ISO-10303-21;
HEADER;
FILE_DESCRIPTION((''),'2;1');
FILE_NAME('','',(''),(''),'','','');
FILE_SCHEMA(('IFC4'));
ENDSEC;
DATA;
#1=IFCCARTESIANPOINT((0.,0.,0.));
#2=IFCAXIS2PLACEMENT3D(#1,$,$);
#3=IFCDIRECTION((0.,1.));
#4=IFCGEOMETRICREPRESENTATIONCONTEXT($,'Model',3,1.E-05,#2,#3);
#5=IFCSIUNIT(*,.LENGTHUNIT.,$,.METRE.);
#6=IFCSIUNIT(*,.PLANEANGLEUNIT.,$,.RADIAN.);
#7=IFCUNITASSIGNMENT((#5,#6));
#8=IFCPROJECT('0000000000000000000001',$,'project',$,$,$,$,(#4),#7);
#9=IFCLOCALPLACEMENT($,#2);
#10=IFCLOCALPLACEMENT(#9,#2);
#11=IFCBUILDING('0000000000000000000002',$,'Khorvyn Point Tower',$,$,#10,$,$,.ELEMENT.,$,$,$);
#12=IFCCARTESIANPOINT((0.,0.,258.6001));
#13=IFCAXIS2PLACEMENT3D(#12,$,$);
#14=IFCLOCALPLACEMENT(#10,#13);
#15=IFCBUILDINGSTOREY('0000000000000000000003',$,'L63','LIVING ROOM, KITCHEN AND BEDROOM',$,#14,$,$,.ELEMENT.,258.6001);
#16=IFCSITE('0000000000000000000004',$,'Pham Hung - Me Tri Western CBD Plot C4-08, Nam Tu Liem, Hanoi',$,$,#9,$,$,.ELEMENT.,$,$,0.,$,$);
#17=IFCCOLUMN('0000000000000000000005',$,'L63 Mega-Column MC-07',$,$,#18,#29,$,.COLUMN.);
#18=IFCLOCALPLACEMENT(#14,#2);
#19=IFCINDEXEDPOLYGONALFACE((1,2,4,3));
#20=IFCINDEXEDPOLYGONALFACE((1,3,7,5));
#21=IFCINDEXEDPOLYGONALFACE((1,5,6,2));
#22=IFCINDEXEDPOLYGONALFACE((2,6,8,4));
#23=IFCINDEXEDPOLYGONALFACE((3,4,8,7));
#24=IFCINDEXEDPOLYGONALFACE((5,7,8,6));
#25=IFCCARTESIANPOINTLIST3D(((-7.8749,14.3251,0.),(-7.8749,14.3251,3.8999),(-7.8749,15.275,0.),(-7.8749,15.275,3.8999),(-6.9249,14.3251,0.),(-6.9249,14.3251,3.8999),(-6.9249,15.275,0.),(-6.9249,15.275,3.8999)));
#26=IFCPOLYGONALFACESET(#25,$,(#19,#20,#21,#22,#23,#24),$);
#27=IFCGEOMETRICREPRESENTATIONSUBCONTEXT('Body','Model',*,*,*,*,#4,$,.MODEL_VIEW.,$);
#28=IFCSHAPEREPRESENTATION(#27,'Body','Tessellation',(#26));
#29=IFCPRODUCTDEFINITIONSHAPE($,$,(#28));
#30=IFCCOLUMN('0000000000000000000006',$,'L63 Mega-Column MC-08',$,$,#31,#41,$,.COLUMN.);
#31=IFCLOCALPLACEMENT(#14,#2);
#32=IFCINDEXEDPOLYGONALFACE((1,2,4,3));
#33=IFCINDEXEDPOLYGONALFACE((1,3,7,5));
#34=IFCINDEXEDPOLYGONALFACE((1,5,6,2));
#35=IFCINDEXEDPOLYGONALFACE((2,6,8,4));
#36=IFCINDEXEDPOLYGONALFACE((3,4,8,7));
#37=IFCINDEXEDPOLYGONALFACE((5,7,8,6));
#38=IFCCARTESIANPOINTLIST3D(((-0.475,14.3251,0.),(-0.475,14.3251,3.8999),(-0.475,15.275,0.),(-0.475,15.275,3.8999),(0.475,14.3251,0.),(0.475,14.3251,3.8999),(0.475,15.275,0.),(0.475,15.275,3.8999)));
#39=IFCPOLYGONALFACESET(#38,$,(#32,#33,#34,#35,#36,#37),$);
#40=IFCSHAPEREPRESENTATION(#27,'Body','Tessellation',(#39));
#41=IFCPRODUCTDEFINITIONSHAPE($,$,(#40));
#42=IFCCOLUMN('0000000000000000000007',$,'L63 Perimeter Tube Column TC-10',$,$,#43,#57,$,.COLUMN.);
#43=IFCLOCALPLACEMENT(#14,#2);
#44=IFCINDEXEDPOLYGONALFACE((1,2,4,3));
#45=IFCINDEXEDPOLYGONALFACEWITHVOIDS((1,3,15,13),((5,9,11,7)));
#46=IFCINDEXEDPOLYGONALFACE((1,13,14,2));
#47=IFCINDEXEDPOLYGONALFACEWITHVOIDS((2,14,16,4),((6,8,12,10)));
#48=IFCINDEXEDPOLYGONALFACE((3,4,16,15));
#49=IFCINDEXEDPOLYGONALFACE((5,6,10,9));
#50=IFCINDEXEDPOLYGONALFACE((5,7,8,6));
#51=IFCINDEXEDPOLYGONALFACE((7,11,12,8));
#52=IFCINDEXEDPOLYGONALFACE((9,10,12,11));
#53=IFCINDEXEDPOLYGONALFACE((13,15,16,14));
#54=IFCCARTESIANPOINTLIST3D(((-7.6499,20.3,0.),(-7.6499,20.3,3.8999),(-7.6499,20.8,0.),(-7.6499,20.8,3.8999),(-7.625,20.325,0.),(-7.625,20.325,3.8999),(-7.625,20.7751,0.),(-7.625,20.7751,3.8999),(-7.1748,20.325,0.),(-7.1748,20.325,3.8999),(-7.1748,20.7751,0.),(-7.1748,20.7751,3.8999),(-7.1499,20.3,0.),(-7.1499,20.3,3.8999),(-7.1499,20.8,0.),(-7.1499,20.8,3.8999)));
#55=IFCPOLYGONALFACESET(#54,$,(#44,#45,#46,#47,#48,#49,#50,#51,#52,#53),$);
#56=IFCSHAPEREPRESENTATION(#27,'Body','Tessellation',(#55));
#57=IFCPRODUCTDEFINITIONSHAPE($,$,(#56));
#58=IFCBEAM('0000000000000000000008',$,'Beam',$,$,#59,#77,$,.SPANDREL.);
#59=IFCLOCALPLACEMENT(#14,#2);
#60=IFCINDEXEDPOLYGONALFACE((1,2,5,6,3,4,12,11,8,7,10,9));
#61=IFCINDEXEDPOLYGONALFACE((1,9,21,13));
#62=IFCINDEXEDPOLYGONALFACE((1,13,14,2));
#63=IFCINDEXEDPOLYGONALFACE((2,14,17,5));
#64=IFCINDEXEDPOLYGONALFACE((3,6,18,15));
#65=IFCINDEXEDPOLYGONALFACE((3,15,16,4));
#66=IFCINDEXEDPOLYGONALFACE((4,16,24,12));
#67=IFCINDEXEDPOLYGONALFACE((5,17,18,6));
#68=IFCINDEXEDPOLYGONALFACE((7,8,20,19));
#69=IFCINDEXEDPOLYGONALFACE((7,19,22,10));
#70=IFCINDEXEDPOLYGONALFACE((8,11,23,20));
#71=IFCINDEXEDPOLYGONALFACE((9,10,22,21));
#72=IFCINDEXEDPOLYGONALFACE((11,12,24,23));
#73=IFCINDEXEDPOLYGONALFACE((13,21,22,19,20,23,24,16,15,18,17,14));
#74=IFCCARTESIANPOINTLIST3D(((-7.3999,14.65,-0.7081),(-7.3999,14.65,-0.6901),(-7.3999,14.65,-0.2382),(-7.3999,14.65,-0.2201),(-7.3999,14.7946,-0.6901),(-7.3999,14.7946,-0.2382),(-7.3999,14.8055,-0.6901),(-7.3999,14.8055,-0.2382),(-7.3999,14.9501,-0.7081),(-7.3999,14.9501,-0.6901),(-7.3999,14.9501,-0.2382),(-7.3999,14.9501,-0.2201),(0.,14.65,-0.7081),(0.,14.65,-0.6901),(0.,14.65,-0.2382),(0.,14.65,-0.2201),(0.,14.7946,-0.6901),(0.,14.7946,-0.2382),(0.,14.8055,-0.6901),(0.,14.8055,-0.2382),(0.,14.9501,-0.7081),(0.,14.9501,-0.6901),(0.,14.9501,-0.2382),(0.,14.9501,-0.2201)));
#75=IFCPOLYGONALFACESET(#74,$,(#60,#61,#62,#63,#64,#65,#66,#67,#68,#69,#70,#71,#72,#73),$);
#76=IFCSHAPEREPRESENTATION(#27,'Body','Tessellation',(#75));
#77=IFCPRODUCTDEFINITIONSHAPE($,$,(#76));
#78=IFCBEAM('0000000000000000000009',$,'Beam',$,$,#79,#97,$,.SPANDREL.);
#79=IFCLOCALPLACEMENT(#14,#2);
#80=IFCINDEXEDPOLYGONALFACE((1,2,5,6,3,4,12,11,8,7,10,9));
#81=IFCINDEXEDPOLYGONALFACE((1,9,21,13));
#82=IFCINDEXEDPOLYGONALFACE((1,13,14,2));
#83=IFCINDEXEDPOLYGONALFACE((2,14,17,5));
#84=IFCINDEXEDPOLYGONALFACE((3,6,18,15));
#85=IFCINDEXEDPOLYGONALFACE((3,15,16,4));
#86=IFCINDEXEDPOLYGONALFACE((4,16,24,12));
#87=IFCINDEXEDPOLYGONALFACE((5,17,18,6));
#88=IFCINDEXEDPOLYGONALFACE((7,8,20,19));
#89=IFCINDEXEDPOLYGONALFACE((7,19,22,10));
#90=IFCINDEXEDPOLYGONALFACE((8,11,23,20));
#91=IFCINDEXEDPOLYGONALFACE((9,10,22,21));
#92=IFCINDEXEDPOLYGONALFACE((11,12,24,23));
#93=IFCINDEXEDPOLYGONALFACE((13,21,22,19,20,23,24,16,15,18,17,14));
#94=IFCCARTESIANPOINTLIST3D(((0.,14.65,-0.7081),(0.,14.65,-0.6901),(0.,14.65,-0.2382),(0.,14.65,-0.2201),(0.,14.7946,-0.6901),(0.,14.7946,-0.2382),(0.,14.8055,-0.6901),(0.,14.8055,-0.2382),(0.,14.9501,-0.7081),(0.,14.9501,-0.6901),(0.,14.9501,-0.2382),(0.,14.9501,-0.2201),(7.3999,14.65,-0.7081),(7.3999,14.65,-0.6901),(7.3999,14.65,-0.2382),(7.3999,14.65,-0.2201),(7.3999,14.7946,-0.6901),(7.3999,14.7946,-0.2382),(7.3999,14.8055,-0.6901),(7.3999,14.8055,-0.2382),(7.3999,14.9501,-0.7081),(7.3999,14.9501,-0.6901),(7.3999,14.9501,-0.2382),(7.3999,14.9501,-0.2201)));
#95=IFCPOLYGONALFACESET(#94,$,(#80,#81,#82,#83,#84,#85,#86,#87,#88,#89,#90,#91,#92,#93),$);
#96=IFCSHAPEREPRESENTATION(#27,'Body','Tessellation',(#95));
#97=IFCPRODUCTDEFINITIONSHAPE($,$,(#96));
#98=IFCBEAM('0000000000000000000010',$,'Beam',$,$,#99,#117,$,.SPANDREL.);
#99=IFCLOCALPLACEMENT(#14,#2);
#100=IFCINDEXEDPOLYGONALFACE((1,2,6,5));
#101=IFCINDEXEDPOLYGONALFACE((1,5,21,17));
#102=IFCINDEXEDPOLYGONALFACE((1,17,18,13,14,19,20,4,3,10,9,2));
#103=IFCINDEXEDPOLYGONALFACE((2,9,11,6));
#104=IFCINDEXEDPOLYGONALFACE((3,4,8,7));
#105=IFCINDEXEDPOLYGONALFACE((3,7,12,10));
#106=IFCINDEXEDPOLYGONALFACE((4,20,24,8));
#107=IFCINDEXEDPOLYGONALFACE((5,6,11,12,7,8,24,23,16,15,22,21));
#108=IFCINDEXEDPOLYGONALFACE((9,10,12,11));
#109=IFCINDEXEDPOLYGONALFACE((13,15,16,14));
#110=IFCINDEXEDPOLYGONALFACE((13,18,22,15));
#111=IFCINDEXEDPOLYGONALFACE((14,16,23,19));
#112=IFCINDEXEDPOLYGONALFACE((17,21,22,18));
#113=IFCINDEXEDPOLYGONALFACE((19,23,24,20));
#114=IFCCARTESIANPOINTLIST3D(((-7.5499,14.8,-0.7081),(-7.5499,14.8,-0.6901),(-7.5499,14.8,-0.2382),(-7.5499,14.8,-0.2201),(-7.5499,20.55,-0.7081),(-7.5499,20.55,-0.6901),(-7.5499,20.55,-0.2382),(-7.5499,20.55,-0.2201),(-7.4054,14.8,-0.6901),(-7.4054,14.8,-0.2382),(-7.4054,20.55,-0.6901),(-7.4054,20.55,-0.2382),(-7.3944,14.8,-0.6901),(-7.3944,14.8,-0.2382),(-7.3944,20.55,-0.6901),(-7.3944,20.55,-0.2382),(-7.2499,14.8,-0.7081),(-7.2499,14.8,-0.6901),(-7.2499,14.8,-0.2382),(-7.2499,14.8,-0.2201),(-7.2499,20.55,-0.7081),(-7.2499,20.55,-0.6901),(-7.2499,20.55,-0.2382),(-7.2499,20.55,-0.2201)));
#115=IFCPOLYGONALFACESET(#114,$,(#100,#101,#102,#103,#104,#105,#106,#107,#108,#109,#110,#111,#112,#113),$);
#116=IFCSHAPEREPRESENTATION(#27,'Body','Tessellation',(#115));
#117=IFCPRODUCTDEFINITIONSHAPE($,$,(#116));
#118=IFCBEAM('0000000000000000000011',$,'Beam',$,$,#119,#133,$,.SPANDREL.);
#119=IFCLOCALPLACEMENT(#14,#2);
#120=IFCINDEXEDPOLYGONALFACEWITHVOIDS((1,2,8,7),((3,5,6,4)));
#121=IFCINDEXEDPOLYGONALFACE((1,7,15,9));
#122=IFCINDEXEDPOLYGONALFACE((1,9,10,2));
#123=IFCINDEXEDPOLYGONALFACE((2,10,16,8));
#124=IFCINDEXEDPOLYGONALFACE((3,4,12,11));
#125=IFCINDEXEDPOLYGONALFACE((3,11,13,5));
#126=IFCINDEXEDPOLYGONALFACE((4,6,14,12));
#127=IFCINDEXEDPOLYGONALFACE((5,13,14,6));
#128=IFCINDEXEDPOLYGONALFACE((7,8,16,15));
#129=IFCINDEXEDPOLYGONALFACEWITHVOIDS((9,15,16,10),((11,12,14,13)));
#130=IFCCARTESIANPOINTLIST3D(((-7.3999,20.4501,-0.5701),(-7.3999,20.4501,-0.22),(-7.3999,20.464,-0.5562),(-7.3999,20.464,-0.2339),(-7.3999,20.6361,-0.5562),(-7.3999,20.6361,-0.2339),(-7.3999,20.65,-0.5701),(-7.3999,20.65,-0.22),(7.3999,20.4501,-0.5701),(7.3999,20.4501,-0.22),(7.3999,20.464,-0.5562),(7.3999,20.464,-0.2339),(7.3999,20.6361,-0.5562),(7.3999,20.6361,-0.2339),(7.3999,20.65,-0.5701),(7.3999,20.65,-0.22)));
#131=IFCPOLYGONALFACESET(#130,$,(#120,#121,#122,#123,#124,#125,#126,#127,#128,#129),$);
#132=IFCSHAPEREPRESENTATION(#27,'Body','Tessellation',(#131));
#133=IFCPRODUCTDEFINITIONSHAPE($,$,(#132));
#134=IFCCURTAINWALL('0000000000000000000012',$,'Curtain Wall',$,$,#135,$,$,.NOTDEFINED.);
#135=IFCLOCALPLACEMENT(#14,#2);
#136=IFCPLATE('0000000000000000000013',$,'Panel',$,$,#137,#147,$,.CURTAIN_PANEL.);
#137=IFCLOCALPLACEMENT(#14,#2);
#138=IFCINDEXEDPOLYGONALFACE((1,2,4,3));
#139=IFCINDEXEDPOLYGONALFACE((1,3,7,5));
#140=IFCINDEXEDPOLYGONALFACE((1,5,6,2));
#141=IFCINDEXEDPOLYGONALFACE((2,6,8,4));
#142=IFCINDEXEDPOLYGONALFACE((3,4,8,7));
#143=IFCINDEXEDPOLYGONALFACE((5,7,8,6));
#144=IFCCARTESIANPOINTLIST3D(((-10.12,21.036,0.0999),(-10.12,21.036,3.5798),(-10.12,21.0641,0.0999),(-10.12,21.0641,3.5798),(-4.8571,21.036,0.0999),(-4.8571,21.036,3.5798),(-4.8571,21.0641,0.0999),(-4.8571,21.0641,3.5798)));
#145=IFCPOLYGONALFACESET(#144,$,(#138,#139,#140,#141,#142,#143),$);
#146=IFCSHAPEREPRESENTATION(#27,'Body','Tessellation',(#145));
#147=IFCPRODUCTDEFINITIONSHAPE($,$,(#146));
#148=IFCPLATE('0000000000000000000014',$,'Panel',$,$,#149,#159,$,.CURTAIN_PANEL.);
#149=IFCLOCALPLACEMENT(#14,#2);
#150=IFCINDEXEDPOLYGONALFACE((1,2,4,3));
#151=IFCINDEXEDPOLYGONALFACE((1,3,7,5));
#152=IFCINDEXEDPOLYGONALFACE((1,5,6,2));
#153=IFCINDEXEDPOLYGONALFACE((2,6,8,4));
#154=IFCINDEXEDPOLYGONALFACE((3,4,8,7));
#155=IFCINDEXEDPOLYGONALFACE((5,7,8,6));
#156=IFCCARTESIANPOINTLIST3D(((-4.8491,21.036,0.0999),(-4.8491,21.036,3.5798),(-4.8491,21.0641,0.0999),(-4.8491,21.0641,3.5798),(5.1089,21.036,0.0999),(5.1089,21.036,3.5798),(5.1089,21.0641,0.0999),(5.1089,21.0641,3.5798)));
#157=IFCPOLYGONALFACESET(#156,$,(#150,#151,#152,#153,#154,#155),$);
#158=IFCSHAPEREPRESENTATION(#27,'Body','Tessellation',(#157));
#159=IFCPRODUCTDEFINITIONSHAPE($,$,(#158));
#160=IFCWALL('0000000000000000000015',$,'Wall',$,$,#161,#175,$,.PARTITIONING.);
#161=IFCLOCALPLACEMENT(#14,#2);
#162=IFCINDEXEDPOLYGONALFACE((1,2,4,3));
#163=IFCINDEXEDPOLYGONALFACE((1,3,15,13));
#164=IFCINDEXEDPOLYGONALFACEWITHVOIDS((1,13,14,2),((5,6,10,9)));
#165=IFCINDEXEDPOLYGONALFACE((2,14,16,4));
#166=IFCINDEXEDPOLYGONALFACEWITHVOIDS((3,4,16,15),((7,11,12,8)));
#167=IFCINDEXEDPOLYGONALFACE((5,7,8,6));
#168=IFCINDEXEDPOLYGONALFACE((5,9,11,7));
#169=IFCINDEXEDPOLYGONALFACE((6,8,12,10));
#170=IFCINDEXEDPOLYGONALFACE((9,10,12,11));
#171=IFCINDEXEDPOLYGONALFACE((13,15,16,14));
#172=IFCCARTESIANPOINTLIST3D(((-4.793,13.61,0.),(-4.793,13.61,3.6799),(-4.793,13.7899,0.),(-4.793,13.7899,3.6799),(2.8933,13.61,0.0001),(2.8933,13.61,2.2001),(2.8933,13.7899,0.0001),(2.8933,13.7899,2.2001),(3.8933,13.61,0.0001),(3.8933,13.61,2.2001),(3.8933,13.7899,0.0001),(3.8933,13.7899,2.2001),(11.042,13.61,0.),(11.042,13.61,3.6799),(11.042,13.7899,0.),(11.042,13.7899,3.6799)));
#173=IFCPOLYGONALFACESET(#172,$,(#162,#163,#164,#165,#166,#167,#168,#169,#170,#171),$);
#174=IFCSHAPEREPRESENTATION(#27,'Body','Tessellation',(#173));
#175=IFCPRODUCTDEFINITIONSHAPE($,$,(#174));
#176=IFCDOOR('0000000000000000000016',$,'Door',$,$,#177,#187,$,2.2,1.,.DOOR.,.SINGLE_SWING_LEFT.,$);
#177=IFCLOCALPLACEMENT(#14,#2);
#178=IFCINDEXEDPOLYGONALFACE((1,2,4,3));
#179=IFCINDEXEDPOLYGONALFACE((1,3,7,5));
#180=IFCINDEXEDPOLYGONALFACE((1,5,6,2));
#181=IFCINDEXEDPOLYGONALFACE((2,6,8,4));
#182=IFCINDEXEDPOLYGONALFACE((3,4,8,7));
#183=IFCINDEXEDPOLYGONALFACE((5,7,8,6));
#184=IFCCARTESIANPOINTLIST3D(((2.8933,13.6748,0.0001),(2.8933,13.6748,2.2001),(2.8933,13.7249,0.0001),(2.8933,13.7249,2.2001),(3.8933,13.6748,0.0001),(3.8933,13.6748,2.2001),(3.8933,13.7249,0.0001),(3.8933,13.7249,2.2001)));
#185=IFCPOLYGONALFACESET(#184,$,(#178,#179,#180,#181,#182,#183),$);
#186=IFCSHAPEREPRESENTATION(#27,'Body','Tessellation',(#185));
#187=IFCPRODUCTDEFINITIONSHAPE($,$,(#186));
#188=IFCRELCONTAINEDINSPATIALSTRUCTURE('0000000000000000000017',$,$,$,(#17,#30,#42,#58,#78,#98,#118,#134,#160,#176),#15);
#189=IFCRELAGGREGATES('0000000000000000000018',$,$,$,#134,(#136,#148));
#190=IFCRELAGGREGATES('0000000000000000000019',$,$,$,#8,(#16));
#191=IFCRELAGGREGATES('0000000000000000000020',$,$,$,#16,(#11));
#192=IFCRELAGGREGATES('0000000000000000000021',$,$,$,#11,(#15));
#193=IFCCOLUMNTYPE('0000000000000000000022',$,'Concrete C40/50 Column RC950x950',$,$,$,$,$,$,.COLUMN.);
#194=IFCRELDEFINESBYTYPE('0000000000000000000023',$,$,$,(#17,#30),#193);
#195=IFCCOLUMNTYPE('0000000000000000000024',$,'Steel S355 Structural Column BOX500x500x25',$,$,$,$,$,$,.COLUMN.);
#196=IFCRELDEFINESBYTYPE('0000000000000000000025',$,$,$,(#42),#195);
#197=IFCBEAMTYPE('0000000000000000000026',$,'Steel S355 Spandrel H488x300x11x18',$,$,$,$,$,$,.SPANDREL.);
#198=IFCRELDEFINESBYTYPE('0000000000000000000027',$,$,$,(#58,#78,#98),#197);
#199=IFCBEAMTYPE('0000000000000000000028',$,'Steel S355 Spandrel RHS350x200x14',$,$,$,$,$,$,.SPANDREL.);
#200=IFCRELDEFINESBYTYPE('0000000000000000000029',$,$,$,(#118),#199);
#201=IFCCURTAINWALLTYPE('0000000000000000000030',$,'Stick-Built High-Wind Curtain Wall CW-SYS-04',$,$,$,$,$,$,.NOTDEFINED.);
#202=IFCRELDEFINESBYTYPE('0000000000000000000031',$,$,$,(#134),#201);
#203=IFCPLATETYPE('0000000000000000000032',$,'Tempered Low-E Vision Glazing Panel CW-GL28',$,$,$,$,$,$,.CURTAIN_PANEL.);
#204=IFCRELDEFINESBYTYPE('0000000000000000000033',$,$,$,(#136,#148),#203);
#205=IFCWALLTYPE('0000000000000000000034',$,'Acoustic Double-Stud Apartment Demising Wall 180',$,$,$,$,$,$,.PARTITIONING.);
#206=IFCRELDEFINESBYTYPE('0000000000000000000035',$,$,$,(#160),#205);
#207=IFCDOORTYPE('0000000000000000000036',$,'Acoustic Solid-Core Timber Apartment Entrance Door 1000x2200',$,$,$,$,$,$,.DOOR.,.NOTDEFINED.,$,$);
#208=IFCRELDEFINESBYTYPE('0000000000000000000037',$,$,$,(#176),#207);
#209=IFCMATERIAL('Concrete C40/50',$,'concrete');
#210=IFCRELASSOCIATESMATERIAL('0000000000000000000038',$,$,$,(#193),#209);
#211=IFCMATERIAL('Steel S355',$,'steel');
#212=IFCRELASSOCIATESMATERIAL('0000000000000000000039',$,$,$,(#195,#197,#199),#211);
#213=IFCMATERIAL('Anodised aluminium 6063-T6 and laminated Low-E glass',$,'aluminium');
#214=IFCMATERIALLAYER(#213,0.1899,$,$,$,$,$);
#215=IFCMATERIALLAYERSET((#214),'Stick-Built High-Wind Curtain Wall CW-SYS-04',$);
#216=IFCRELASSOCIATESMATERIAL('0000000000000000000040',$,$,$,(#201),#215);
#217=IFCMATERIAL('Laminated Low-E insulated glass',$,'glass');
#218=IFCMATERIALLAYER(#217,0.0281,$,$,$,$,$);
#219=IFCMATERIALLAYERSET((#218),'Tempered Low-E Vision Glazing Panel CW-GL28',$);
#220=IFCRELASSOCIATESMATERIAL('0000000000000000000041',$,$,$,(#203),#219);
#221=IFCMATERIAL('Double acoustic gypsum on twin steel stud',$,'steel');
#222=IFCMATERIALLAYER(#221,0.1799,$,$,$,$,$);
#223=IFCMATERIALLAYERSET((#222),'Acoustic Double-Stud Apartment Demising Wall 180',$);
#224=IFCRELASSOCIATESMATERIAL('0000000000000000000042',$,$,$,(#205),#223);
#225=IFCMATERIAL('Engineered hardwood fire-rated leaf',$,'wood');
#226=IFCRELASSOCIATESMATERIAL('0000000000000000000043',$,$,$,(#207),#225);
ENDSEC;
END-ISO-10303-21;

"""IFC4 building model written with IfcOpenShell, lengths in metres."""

from ifc_helpers import new_model, si_unit, direction, frame, frame_2d, origin, origin_2d, place, context, subcontext, project, spatial, rectangle, hollow_rectangle, i_section, extrude, material, layer, layer_set, material_profile, profile_set, type_object, element, fill, aggregate, save


model = new_model("IFC4")

# Units and contexts
model_context = context("Model", 3, precision=1e-05, world=origin(), true_north=direction((0.0, 1.0)))
body_context = subcontext(model_context, "Body", "Model", "MODEL_VIEW")
ifc_project = project(units=[si_unit("LENGTHUNIT", "METRE"), si_unit("PLANEANGLEUNIT", "RADIAN")], contexts=[model_context])

# Site, building, storey
site_placement = place(None, origin())
site = spatial("IfcSite", under=ifc_project, at=site_placement, Name="Pham Hung - Me Tri Western CBD Plot C4-08, Nam Tu Liem, Hanoi", CompositionType="ELEMENT", RefElevation=0.0)
building_placement = place(site_placement, origin())
building = spatial("IfcBuilding", under=site, at=building_placement, Name="Khorvyn Point Tower", CompositionType="ELEMENT")
storey_placement = place(building_placement, frame((0.0, 0.0, 258.6001)))
storey = spatial("IfcBuildingStorey", under=building, at=storey_placement, Name="L63", Description="LIVING ROOM, KITCHEN AND BEDROOM", CompositionType="ELEMENT", Elevation=258.6001)

# Columns
ifc_material_1 = material(Name="Concrete C40/50", Category="concrete")
ifc_material_profile_1 = material_profile(ifc_material_1, rectangle(XDim=0.95, YDim=0.95, at=origin_2d()))
ifc_profile_set_1 = profile_set([ifc_material_profile_1], Name="Concrete C40/50 RC950x950")
column_type_1 = type_object("IfcColumnType", Name="Concrete C40/50 Column RC950x950", PredefinedType="COLUMN", material=ifc_profile_set_1)
for number, where, z_axis, x_axis, name in (
    (1, (-7.3999, 14.8, 0.0), (0.0, 0.0, 1.0), (1.0, 0.0, 0.0), "L63 Mega-Column MC-07"),
    (2, (0.0, 14.8, 0.0), (0.0, 0.0, 1.0), (1.0, 0.0, 0.0), "L63 Mega-Column MC-08"),
):
    element("IfcColumn", number, at=place(storey_placement, frame(where, z_axis=z_axis, x_axis=x_axis)), inside=storey, type_object=column_type_1, Name=name, PredefinedType="COLUMN", context=body_context, shape_type="SweptSolid", body=[
        extrude(rectangle(XDim=0.95, YDim=0.95, at=origin_2d()), origin(), (0.0, 0.0, 1.0), 3.8999),
    ])
ifc_material_2 = material(Name="Steel S355", Category="steel")
ifc_material_profile_2 = material_profile(ifc_material_2, hollow_rectangle(XDim=0.5, YDim=0.5, WallThickness=0.0249, at=origin_2d()))
ifc_profile_set_2 = profile_set([ifc_material_profile_2], Name="Steel S355 BOX500x500x25")
column_type_2 = type_object("IfcColumnType", Name="Steel S355 Structural Column BOX500x500x25", PredefinedType="COLUMN", material=ifc_profile_set_2)
column_placement = place(storey_placement, frame((-7.3999, 20.55, 0.0), z_axis=(0.0, 0.0, 1.0), x_axis=(1.0, 0.0, 0.0)))
element("IfcColumn", 3, at=column_placement, inside=storey, type_object=column_type_2, Name="L63 Perimeter Tube Column TC-10", PredefinedType="COLUMN", context=body_context, shape_type="SweptSolid", body=[
    extrude(hollow_rectangle(XDim=0.5, YDim=0.5, WallThickness=0.0249, at=origin_2d()), origin(), (0.0, 0.0, 1.0), 3.8999),
])

# Beams
ifc_material_profile_3 = material_profile(ifc_material_2, i_section(OverallWidth=0.3, OverallDepth=0.488, WebThickness=0.011, FlangeThickness=0.0181, at=origin_2d()))
ifc_profile_set_3 = profile_set([ifc_material_profile_3], Name="Steel S355 H488x300x11x18")
beam_type_1 = type_object("IfcBeamType", Name="Steel S355 Spandrel H488x300x11x18", PredefinedType="SPANDREL", material=ifc_profile_set_3)
for number, where, z_axis, x_axis, name in (
    (4, (-7.3999, 14.8, -0.4641), (1.0, 0.0, 0.0), (0.0, 1.0, 0.0), "Beam"),
    (5, (0.0, 14.8, -0.4641), (1.0, 0.0, 0.0), (0.0, 1.0, 0.0), "Beam"),
):
    element("IfcBeam", number, at=place(storey_placement, frame(where, z_axis=z_axis, x_axis=x_axis)), inside=storey, type_object=beam_type_1, Name=name, PredefinedType="SPANDREL", context=body_context, shape_type="SweptSolid", body=[
        extrude(i_section(OverallWidth=0.3, OverallDepth=0.488, WebThickness=0.011, FlangeThickness=0.0181, at=origin_2d()), origin(), (0.0, 0.0, 1.0), 7.3999),
    ])
beam_1_placement = place(storey_placement, frame((-7.3999, 14.8, -0.4641), z_axis=(0.0, 1.0, 0.0), x_axis=(-1.0, 0.0, 0.0)))
element("IfcBeam", 6, at=beam_1_placement, inside=storey, type_object=beam_type_1, Name="Beam", PredefinedType="SPANDREL", context=body_context, shape_type="SweptSolid", body=[
    extrude(i_section(OverallWidth=0.3, OverallDepth=0.488, WebThickness=0.011, FlangeThickness=0.0181, at=origin_2d()), origin(), (0.0, 0.0, 1.0), 5.75),
])
ifc_material_profile_4 = material_profile(ifc_material_2, hollow_rectangle(XDim=0.2, YDim=0.3501, WallThickness=0.0139, at=origin_2d()))
ifc_profile_set_4 = profile_set([ifc_material_profile_4], Name="Steel S355 RHS350x200x14")
beam_type_2 = type_object("IfcBeamType", Name="Steel S355 Spandrel RHS350x200x14", PredefinedType="SPANDREL", material=ifc_profile_set_4)
beam_2_placement = place(storey_placement, frame((-7.3999, 20.55, -0.395), z_axis=(1.0, 0.0, 0.0), x_axis=(0.0, 1.0, 0.0)))
element("IfcBeam", 7, at=beam_2_placement, inside=storey, type_object=beam_type_2, Name="Beam", PredefinedType="SPANDREL", context=body_context, shape_type="SweptSolid", body=[
    extrude(hollow_rectangle(XDim=0.2, YDim=0.3501, WallThickness=0.0139, at=origin_2d()), origin(), (0.0, 0.0, 1.0), 14.7998),
])

# Curtain wall, plates
ifc_material_3 = material(Name="Anodised aluminium 6063-T6 and laminated Low-E glass", Category="aluminium")
ifc_layer_1 = layer(ifc_material_3, 0.1899)
ifc_layer_set_1 = layer_set([ifc_layer_1], Name="Stick-Built High-Wind Curtain Wall CW-SYS-04")
curtain_wall_type = type_object("IfcCurtainWallType", Name="Stick-Built High-Wind Curtain Wall CW-SYS-04", PredefinedType="NOTDEFINED", material=ifc_layer_set_1)
curtain_wall_placement = place(storey_placement, origin())
curtain_wall = element("IfcCurtainWall", 8, at=curtain_wall_placement, inside=storey, type_object=curtain_wall_type, Name="Curtain Wall", PredefinedType="NOTDEFINED")
ifc_material_4 = material(Name="Laminated Low-E insulated glass", Category="glass")
ifc_layer_2 = layer(ifc_material_4, 0.0281)
ifc_layer_set_2 = layer_set([ifc_layer_2], Name="Tempered Low-E Vision Glazing Panel CW-GL28")
plate_type = type_object("IfcPlateType", Name="Tempered Low-E Vision Glazing Panel CW-GL28", PredefinedType="CURTAIN_PANEL", material=ifc_layer_set_2)
plate_1_placement = place(storey_placement, frame((-7.4885, 21.05, 0.0999), z_axis=(0.0, 0.0, 1.0), x_axis=(1.0, 0.0, 0.0)))
plate_1 = element("IfcPlate", 9, at=plate_1_placement, type_object=plate_type, Name="Panel", PredefinedType="CURTAIN_PANEL", context=body_context, shape_type="SweptSolid", body=[
    extrude(rectangle(XDim=5.2629, YDim=0.0281, at=origin_2d()), origin(), (0.0, 0.0, 1.0), 3.48),
])
plate_2_placement = place(storey_placement, frame((0.1299, 21.05, 0.0999), z_axis=(0.0, 0.0, 1.0), x_axis=(1.0, 0.0, 0.0)))
plate_2 = element("IfcPlate", 10, at=plate_2_placement, type_object=plate_type, Name="Panel", PredefinedType="CURTAIN_PANEL", context=body_context, shape_type="SweptSolid", body=[
    extrude(rectangle(XDim=9.958, YDim=0.0281, at=origin_2d()), origin(), (0.0, 0.0, 1.0), 3.48),
])
aggregate(curtain_wall, [plate_1, plate_2])

# Wall, opening, door
ifc_material_5 = material(Name="Double acoustic gypsum on twin steel stud", Category="steel")
ifc_layer_3 = layer(ifc_material_5, 0.1799)
ifc_layer_set_3 = layer_set([ifc_layer_3], Name="Acoustic Double-Stud Apartment Demising Wall 180")
wall_type_1 = type_object("IfcWallType", Name="Acoustic Double-Stud Apartment Demising Wall 180", PredefinedType="PARTITIONING", material=ifc_layer_set_3)
wall_1_placement = place(storey_placement, frame((-4.793, 13.7, 0.0), z_axis=(0.0, 0.0, 1.0), x_axis=(1.0, 0.0, 0.0)))
wall_1 = element("IfcWall", 11, at=wall_1_placement, inside=storey, type_object=wall_type_1, Name="Wall", PredefinedType="PARTITIONING", context=body_context, shape_type="SweptSolid", body=[
    extrude(rectangle(XDim=15.835, YDim=0.1799, at=frame_2d((7.9175, 0.0))), origin(), (0.0, 0.0, 1.0), 3.6799),
])
opening_1_placement = place(wall_1_placement, frame((7.6863, 0.0, 0.0)))
opening_1 = element("IfcOpeningElement", 12, at=opening_1_placement, cuts=wall_1, PredefinedType="OPENING", context=body_context, shape_type="SweptSolid", body=[
    extrude(rectangle(XDim=1.0, YDim=2.2, at=frame_2d((0.5, 1.1001))), frame((0.0, 0.0999, 0.0), z_axis=(0.0, -1.0, 0.0), x_axis=(1.0, 0.0, 0.0)), (0.0, 0.0, 1.0), 0.2),
])
ifc_material_6 = material(Name="Engineered hardwood fire-rated leaf", Category="wood")
door_type_1 = type_object("IfcDoorType", Name="Acoustic Solid-Core Timber Apartment Entrance Door 1000x2200", OperationType="NOTDEFINED", PredefinedType="DOOR", material=ifc_material_6)
door_1_placement = place(opening_1_placement, origin())
door_1 = element("IfcDoor", 13, at=door_1_placement, inside=storey, type_object=door_type_1, Name="Door", OperationType="SINGLE_SWING_LEFT", OverallHeight=2.2, OverallWidth=1.0, PredefinedType="DOOR", context=body_context, shape_type="SweptSolid", body=[
    extrude(rectangle(XDim=1.0, YDim=2.2, at=frame_2d((0.5, 1.1001))), frame((0.0, 0.0249, 0.0), z_axis=(0.0, -1.0, 0.0), x_axis=(1.0, 0.0, 0.0)), (0.0, 0.0, 1.0), 0.05),
])
fill(opening_1, door_1)

save(model, "model.ifc")
